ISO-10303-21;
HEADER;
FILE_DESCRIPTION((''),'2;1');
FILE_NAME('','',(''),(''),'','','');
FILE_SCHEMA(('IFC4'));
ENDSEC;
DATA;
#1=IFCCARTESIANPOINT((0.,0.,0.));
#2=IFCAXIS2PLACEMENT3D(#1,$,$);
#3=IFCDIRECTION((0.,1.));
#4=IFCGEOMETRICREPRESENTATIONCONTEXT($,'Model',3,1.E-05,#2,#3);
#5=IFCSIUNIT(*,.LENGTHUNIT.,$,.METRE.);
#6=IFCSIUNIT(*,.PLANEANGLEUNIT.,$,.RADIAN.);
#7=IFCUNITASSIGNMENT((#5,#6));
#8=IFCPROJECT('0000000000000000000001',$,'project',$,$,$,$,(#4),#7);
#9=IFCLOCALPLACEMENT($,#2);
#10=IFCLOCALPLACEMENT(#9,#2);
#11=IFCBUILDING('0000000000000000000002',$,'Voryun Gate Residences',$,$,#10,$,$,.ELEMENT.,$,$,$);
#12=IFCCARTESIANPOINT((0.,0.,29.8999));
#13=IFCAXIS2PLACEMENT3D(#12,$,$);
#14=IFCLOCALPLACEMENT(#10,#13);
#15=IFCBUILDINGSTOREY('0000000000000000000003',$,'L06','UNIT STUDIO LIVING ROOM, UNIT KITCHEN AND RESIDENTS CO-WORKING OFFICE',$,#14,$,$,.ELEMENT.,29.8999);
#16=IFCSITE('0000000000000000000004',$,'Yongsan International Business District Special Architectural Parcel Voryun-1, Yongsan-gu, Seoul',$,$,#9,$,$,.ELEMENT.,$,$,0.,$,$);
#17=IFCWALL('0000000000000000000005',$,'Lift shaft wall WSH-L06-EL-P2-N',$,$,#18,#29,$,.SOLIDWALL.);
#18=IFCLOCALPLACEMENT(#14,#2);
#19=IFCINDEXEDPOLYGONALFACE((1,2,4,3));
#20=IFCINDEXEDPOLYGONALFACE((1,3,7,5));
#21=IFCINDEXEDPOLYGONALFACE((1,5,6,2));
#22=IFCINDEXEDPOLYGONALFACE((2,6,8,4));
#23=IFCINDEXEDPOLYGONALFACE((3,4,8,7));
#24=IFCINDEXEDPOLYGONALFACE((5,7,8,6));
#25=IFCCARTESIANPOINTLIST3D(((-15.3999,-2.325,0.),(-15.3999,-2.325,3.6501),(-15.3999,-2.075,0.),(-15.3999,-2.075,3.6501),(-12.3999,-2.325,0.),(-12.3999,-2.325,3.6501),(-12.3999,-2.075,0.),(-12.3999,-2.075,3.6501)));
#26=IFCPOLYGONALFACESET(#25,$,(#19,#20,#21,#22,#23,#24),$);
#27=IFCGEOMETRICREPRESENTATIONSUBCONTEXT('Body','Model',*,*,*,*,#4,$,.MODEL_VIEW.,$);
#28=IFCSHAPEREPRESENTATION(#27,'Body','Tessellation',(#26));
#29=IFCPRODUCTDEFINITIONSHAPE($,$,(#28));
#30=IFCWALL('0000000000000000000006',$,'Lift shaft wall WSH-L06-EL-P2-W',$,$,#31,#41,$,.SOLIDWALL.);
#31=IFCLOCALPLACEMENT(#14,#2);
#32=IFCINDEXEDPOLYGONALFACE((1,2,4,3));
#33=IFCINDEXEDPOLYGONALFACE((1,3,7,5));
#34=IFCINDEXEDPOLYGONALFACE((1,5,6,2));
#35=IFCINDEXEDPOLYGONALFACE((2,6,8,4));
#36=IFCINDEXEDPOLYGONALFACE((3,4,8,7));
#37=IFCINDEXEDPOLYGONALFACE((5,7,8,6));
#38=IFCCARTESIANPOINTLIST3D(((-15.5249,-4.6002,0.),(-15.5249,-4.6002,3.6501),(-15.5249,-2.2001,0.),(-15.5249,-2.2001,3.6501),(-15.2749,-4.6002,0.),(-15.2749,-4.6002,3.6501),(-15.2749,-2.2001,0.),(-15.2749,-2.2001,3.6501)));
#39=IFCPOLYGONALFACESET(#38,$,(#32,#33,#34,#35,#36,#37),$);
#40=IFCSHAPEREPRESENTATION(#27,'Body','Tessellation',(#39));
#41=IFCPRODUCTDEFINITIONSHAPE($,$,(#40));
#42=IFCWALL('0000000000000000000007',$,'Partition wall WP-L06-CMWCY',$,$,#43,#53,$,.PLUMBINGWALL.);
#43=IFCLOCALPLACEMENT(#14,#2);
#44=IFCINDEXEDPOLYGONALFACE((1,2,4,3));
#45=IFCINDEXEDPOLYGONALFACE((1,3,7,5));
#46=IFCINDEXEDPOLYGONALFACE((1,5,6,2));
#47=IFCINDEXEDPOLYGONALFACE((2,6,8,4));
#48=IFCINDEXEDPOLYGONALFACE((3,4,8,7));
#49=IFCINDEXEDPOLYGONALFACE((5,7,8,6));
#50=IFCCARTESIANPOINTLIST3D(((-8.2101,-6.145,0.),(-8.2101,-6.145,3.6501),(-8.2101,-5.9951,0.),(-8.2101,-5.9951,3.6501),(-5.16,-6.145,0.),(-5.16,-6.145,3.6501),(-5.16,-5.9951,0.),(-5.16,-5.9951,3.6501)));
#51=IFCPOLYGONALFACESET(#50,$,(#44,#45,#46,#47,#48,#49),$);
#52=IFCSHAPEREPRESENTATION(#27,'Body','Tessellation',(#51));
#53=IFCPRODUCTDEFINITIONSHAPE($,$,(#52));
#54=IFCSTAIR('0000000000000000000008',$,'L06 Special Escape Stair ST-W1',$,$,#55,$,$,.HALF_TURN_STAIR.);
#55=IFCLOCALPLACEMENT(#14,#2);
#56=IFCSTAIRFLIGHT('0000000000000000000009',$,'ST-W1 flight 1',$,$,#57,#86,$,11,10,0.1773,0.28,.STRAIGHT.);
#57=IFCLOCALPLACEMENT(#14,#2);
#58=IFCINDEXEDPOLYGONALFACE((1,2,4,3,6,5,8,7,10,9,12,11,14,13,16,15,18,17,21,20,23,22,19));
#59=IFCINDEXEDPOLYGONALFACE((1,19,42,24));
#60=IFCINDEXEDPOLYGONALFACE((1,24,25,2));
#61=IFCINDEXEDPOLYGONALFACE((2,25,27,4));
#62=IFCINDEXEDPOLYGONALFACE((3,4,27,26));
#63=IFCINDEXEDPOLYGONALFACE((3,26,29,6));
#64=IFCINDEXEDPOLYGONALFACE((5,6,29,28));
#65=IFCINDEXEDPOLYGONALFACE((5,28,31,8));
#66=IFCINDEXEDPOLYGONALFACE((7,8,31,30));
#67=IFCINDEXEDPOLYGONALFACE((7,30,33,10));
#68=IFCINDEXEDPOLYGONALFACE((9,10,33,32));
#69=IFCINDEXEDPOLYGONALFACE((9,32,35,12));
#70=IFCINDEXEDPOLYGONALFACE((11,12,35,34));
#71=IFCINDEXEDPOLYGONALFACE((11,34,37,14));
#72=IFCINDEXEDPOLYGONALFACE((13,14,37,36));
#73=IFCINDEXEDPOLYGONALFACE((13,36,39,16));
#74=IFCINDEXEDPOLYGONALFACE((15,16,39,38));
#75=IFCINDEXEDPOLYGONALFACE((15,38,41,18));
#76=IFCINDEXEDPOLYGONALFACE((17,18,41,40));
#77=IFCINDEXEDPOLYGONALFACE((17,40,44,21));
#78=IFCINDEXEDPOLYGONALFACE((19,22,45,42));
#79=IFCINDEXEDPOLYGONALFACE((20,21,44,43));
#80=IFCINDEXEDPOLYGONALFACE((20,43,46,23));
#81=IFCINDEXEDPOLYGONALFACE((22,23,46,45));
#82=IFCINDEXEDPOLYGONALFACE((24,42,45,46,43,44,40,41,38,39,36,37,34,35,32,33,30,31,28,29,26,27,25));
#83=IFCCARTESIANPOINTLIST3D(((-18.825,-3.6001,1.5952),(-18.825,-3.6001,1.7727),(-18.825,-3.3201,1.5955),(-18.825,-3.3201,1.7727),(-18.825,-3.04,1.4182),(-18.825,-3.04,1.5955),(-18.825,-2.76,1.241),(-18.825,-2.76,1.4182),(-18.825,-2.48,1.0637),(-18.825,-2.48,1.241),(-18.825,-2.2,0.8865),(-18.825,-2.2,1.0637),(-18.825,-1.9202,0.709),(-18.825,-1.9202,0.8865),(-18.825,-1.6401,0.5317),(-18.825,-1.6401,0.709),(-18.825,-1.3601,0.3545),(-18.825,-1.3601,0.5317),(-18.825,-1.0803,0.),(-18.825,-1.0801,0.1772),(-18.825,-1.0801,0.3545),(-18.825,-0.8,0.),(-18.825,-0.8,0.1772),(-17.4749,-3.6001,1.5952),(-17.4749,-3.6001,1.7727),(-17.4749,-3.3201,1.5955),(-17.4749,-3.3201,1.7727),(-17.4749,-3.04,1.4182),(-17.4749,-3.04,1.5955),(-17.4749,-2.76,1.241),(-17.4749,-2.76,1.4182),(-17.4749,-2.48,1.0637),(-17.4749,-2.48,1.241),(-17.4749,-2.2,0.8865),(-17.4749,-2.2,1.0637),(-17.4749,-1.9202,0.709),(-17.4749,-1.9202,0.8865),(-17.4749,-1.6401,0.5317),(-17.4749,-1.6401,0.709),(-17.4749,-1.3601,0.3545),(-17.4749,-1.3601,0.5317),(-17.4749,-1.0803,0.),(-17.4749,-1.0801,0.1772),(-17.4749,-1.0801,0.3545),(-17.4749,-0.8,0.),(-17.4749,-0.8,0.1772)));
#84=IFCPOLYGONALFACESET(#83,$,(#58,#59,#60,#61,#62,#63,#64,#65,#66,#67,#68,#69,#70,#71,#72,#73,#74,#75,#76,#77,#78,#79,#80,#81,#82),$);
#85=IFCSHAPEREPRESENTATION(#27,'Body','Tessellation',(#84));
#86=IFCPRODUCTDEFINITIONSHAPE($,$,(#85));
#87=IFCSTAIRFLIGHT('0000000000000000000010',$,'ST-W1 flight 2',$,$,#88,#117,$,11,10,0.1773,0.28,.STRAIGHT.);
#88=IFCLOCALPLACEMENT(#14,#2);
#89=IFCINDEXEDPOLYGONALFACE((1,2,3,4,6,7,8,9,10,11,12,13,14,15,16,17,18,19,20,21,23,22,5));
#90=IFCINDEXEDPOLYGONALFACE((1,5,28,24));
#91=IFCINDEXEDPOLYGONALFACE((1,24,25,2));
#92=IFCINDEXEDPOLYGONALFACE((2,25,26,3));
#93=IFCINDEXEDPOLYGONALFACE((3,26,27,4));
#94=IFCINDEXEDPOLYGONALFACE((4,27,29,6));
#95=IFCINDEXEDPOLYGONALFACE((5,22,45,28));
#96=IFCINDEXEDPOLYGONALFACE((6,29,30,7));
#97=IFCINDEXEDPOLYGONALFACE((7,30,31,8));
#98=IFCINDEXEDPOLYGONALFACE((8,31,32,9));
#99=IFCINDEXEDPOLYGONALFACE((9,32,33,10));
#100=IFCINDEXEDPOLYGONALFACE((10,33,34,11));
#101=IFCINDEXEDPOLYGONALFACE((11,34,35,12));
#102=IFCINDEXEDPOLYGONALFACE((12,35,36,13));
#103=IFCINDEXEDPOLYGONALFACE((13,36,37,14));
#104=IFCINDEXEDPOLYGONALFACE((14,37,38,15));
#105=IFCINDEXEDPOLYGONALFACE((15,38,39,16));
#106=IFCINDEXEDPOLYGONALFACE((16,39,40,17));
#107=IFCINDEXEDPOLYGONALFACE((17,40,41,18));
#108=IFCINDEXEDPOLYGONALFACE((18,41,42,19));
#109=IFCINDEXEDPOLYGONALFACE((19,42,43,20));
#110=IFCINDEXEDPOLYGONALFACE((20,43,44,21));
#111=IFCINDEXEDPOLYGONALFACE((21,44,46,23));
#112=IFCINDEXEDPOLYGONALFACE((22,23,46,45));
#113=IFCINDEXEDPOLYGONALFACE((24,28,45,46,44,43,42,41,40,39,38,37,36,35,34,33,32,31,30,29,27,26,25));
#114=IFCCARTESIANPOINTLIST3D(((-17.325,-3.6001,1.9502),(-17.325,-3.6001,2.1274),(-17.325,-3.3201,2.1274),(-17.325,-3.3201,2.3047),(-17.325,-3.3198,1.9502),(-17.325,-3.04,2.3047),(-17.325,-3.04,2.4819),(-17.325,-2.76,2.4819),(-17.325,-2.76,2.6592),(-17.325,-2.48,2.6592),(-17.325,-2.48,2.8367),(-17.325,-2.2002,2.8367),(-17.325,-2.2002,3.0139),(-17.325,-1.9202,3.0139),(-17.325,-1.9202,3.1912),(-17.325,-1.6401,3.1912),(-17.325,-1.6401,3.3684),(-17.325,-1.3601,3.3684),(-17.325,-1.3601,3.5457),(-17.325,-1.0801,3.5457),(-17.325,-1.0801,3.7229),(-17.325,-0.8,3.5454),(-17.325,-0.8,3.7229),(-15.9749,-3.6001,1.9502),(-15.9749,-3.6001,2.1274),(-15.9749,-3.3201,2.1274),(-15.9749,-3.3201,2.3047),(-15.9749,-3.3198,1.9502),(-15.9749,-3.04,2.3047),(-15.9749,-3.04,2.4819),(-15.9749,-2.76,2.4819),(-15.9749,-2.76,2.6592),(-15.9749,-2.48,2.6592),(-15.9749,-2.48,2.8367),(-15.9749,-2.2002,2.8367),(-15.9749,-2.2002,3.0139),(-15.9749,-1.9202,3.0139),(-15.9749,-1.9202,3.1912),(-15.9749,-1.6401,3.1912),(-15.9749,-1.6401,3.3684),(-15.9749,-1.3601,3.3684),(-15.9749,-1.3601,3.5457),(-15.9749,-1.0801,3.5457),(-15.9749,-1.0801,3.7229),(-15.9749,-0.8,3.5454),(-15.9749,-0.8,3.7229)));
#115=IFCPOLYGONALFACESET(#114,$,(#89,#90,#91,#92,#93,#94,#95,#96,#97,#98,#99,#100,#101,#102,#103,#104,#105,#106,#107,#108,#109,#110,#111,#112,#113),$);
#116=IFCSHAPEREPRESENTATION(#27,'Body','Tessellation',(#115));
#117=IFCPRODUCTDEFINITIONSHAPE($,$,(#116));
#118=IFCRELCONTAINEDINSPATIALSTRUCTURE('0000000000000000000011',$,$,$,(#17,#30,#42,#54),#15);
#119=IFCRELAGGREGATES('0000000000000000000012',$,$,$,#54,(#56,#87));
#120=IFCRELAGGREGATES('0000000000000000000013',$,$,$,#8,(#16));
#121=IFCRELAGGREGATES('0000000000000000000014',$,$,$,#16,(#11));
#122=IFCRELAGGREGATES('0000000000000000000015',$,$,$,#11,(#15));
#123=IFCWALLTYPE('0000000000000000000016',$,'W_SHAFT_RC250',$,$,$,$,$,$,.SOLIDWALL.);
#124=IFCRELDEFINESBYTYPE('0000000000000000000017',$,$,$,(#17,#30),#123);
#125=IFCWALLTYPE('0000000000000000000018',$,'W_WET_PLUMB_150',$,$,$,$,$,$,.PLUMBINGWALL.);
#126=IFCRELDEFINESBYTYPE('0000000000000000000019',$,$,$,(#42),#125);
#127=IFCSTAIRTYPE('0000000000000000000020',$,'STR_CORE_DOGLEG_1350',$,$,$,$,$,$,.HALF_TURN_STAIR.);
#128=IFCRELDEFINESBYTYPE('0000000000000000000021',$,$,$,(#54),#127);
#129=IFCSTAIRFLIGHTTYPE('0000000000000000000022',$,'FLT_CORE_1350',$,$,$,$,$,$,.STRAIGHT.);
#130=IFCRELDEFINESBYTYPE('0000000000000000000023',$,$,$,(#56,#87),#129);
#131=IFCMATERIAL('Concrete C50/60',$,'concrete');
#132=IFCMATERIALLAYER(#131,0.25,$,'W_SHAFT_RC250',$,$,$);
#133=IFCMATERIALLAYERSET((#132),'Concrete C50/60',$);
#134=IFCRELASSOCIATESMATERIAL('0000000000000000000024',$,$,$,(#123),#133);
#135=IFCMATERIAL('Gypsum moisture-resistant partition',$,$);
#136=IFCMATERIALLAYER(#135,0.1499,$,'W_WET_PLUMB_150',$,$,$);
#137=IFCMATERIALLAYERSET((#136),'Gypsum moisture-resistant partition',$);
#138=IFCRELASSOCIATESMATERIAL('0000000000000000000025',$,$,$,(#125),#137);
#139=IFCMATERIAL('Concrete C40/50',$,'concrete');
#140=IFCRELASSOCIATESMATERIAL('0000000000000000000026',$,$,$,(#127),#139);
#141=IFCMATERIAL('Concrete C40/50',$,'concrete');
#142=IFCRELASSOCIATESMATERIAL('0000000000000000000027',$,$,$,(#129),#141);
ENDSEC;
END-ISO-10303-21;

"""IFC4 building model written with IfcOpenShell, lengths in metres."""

from ifc_helpers import new_model, si_unit, direction, frame, frame_2d, origin, place, context, subcontext, project, spatial, polyline, rectangle, outline, extrude, material, layer, layer_set, type_object, element, aggregate, save


model = new_model("IFC4")

# Units and contexts
model_context = context("Model", 3, precision=1e-05, world=origin(), true_north=direction((0.0, 1.0)))
body_context = subcontext(model_context, "Body", "Model", "MODEL_VIEW")
ifc_project = project(units=[si_unit("LENGTHUNIT", "METRE"), si_unit("PLANEANGLEUNIT", "RADIAN")], contexts=[model_context])

# Site, building, storey
site_placement = place(None, origin())
site = spatial("IfcSite", under=ifc_project, at=site_placement, Name="Yongsan International Business District Special Architectural Parcel Voryun-1, Yongsan-gu, Seoul", CompositionType="ELEMENT", RefElevation=0.0)
building_placement = place(site_placement, origin())
building = spatial("IfcBuilding", under=site, at=building_placement, Name="Voryun Gate Residences", CompositionType="ELEMENT")
storey_placement = place(building_placement, frame((0.0, 0.0, 29.8999)))
storey = spatial("IfcBuildingStorey", under=building, at=storey_placement, Name="L06", Description="UNIT STUDIO LIVING ROOM, UNIT KITCHEN AND RESIDENTS CO-WORKING OFFICE", CompositionType="ELEMENT", Elevation=29.8999)

# Walls
ifc_material_1 = material(Name="Concrete C50/60", Category="concrete")
ifc_layer_1 = layer(ifc_material_1, 0.25, Name="W_SHAFT_RC250")
ifc_layer_set_1 = layer_set([ifc_layer_1], Name="Concrete C50/60")
wall_type_1 = type_object("IfcWallType", Name="W_SHAFT_RC250", PredefinedType="SOLIDWALL", material=ifc_layer_set_1)
wall_1_placement = place(storey_placement, frame((-12.3999, -2.2, 0.0), z_axis=(0.0, 0.0, 1.0), x_axis=(-1.0, 0.0, 0.0)))
element("IfcWall", 1, at=wall_1_placement, inside=storey, type_object=wall_type_1, Name="Lift shaft wall WSH-L06-EL-P2-N", PredefinedType="SOLIDWALL", context=body_context, shape_type="SweptSolid", body=[
    extrude(rectangle(XDim=3.0, YDim=0.25, at=frame_2d((1.5, 0.0))), origin(), (0.0, 0.0, 1.0), 3.6501),
])
wall_2_placement = place(storey_placement, frame((-15.3999, -2.2, 0.0), z_axis=(0.0, 0.0, 1.0), x_axis=(0.0, -1.0, 0.0)))
element("IfcWall", 2, at=wall_2_placement, inside=storey, type_object=wall_type_1, Name="Lift shaft wall WSH-L06-EL-P2-W", PredefinedType="SOLIDWALL", context=body_context, shape_type="SweptSolid", body=[
    extrude(rectangle(XDim=2.4001, YDim=0.25, at=frame_2d((1.2002, 0.0))), origin(), (0.0, 0.0, 1.0), 3.6501),
])
ifc_material_2 = material(Name="Gypsum moisture-resistant partition")
ifc_layer_2 = layer(ifc_material_2, 0.1499, Name="W_WET_PLUMB_150")
ifc_layer_set_2 = layer_set([ifc_layer_2], Name="Gypsum moisture-resistant partition")
wall_type_2 = type_object("IfcWallType", Name="W_WET_PLUMB_150", PredefinedType="PLUMBINGWALL", material=ifc_layer_set_2)
wall_3_placement = place(storey_placement, frame((-8.21, -6.0701, 0.0), z_axis=(0.0, 0.0, 1.0), x_axis=(1.0, 0.0, 0.0)))
element("IfcWall", 3, at=wall_3_placement, inside=storey, type_object=wall_type_2, Name="Partition wall WP-L06-CMWCY", PredefinedType="PLUMBINGWALL", context=body_context, shape_type="SweptSolid", body=[
    extrude(rectangle(XDim=3.05, YDim=0.1499, at=frame_2d((1.5249, 0.0))), origin(), (0.0, 0.0, 1.0), 3.6501),
])

# Stair, stair flights
ifc_material_3 = material(Name="Concrete C40/50", Category="concrete")
stair_type = type_object("IfcStairType", Name="STR_CORE_DOGLEG_1350", PredefinedType="HALF_TURN_STAIR", material=ifc_material_3)
stair_placement = place(storey_placement, origin())
stair = element("IfcStair", 4, at=stair_placement, inside=storey, type_object=stair_type, Name="L06 Special Escape Stair ST-W1", PredefinedType="HALF_TURN_STAIR")
ifc_material_4 = material(Name="Concrete C40/50", Category="concrete")
stair_flight_type = type_object("IfcStairFlightType", Name="FLT_CORE_1350", PredefinedType="STRAIGHT", material=ifc_material_4)
stair_flight_1_placement = place(storey_placement, frame((-18.1499, -0.8, 0.0), z_axis=(0.0, 0.0, 1.0), x_axis=(0.0, -1.0, 0.0)))
stair_flight_1 = element("IfcStairFlight", 5, at=stair_flight_1_placement, type_object=stair_flight_type, Name="ST-W1 flight 1", NumberOfRisers=11, NumberOfTreads=10, PredefinedType="STRAIGHT", RiserHeight=0.1773, TreadLength=0.28, context=body_context, shape_type="SweptSolid", body=[
    extrude(outline(polyline([(0.0, 0.0), (0.0, 0.1772), (0.28, 0.1772), (0.28, 0.3545), (0.5601, 0.3545), (0.5601, 0.5317), (0.8401, 0.5317), (0.8401, 0.709), (1.1201, 0.709), (1.1201, 0.8865), (1.3999, 0.8865), (1.3999, 1.0637), (1.6799, 1.0637), (1.6799, 1.241), (1.96, 1.241), (1.96, 1.4182), (2.24, 1.4182), (2.24, 1.5955), (2.52, 1.5955), (2.52, 1.7727), (2.8, 1.7727), (2.8, 1.95), (2.8, 1.5952), (0.2803, 0.0), (0.0, 0.0)])), frame((0.0, 0.675, 0.0), z_axis=(0.0, -1.0, 0.0), x_axis=(1.0, 0.0, 0.0)), (0.0, 0.0, 1.0), 1.3501),
])
stair_flight_2_placement = place(storey_placement, frame((-16.6499, -3.6001, 1.9502), z_axis=(0.0, 0.0, 1.0), x_axis=(0.0, 1.0, 0.0)))
stair_flight_2 = element("IfcStairFlight", 6, at=stair_flight_2_placement, type_object=stair_flight_type, Name="ST-W1 flight 2", NumberOfRisers=11, NumberOfTreads=10, PredefinedType="STRAIGHT", RiserHeight=0.1773, TreadLength=0.28, context=body_context, shape_type="SweptSolid", body=[
    extrude(outline(polyline([(0.0, 0.0), (0.0, 0.1772), (0.28, 0.1772), (0.28, 0.3545), (0.5601, 0.3545), (0.5601, 0.5317), (0.8401, 0.5317), (0.8401, 0.709), (1.1201, 0.709), (1.1201, 0.8865), (1.3999, 0.8865), (1.3999, 1.0637), (1.6799, 1.0637), (1.6799, 1.241), (1.96, 1.241), (1.96, 1.4182), (2.24, 1.4182), (2.24, 1.5955), (2.52, 1.5955), (2.52, 1.7727), (2.8, 1.7727), (2.8, 1.95), (2.8, 1.5952), (0.2803, 0.0), (0.0, 0.0)])), frame((0.0, 0.675, 0.0), z_axis=(0.0, -1.0, 0.0), x_axis=(1.0, 0.0, 0.0)), (0.0, 0.0, 1.0), 1.3501),
])
aggregate(stair, [stair_flight_1, stair_flight_2])

save(model, "model.ifc")
